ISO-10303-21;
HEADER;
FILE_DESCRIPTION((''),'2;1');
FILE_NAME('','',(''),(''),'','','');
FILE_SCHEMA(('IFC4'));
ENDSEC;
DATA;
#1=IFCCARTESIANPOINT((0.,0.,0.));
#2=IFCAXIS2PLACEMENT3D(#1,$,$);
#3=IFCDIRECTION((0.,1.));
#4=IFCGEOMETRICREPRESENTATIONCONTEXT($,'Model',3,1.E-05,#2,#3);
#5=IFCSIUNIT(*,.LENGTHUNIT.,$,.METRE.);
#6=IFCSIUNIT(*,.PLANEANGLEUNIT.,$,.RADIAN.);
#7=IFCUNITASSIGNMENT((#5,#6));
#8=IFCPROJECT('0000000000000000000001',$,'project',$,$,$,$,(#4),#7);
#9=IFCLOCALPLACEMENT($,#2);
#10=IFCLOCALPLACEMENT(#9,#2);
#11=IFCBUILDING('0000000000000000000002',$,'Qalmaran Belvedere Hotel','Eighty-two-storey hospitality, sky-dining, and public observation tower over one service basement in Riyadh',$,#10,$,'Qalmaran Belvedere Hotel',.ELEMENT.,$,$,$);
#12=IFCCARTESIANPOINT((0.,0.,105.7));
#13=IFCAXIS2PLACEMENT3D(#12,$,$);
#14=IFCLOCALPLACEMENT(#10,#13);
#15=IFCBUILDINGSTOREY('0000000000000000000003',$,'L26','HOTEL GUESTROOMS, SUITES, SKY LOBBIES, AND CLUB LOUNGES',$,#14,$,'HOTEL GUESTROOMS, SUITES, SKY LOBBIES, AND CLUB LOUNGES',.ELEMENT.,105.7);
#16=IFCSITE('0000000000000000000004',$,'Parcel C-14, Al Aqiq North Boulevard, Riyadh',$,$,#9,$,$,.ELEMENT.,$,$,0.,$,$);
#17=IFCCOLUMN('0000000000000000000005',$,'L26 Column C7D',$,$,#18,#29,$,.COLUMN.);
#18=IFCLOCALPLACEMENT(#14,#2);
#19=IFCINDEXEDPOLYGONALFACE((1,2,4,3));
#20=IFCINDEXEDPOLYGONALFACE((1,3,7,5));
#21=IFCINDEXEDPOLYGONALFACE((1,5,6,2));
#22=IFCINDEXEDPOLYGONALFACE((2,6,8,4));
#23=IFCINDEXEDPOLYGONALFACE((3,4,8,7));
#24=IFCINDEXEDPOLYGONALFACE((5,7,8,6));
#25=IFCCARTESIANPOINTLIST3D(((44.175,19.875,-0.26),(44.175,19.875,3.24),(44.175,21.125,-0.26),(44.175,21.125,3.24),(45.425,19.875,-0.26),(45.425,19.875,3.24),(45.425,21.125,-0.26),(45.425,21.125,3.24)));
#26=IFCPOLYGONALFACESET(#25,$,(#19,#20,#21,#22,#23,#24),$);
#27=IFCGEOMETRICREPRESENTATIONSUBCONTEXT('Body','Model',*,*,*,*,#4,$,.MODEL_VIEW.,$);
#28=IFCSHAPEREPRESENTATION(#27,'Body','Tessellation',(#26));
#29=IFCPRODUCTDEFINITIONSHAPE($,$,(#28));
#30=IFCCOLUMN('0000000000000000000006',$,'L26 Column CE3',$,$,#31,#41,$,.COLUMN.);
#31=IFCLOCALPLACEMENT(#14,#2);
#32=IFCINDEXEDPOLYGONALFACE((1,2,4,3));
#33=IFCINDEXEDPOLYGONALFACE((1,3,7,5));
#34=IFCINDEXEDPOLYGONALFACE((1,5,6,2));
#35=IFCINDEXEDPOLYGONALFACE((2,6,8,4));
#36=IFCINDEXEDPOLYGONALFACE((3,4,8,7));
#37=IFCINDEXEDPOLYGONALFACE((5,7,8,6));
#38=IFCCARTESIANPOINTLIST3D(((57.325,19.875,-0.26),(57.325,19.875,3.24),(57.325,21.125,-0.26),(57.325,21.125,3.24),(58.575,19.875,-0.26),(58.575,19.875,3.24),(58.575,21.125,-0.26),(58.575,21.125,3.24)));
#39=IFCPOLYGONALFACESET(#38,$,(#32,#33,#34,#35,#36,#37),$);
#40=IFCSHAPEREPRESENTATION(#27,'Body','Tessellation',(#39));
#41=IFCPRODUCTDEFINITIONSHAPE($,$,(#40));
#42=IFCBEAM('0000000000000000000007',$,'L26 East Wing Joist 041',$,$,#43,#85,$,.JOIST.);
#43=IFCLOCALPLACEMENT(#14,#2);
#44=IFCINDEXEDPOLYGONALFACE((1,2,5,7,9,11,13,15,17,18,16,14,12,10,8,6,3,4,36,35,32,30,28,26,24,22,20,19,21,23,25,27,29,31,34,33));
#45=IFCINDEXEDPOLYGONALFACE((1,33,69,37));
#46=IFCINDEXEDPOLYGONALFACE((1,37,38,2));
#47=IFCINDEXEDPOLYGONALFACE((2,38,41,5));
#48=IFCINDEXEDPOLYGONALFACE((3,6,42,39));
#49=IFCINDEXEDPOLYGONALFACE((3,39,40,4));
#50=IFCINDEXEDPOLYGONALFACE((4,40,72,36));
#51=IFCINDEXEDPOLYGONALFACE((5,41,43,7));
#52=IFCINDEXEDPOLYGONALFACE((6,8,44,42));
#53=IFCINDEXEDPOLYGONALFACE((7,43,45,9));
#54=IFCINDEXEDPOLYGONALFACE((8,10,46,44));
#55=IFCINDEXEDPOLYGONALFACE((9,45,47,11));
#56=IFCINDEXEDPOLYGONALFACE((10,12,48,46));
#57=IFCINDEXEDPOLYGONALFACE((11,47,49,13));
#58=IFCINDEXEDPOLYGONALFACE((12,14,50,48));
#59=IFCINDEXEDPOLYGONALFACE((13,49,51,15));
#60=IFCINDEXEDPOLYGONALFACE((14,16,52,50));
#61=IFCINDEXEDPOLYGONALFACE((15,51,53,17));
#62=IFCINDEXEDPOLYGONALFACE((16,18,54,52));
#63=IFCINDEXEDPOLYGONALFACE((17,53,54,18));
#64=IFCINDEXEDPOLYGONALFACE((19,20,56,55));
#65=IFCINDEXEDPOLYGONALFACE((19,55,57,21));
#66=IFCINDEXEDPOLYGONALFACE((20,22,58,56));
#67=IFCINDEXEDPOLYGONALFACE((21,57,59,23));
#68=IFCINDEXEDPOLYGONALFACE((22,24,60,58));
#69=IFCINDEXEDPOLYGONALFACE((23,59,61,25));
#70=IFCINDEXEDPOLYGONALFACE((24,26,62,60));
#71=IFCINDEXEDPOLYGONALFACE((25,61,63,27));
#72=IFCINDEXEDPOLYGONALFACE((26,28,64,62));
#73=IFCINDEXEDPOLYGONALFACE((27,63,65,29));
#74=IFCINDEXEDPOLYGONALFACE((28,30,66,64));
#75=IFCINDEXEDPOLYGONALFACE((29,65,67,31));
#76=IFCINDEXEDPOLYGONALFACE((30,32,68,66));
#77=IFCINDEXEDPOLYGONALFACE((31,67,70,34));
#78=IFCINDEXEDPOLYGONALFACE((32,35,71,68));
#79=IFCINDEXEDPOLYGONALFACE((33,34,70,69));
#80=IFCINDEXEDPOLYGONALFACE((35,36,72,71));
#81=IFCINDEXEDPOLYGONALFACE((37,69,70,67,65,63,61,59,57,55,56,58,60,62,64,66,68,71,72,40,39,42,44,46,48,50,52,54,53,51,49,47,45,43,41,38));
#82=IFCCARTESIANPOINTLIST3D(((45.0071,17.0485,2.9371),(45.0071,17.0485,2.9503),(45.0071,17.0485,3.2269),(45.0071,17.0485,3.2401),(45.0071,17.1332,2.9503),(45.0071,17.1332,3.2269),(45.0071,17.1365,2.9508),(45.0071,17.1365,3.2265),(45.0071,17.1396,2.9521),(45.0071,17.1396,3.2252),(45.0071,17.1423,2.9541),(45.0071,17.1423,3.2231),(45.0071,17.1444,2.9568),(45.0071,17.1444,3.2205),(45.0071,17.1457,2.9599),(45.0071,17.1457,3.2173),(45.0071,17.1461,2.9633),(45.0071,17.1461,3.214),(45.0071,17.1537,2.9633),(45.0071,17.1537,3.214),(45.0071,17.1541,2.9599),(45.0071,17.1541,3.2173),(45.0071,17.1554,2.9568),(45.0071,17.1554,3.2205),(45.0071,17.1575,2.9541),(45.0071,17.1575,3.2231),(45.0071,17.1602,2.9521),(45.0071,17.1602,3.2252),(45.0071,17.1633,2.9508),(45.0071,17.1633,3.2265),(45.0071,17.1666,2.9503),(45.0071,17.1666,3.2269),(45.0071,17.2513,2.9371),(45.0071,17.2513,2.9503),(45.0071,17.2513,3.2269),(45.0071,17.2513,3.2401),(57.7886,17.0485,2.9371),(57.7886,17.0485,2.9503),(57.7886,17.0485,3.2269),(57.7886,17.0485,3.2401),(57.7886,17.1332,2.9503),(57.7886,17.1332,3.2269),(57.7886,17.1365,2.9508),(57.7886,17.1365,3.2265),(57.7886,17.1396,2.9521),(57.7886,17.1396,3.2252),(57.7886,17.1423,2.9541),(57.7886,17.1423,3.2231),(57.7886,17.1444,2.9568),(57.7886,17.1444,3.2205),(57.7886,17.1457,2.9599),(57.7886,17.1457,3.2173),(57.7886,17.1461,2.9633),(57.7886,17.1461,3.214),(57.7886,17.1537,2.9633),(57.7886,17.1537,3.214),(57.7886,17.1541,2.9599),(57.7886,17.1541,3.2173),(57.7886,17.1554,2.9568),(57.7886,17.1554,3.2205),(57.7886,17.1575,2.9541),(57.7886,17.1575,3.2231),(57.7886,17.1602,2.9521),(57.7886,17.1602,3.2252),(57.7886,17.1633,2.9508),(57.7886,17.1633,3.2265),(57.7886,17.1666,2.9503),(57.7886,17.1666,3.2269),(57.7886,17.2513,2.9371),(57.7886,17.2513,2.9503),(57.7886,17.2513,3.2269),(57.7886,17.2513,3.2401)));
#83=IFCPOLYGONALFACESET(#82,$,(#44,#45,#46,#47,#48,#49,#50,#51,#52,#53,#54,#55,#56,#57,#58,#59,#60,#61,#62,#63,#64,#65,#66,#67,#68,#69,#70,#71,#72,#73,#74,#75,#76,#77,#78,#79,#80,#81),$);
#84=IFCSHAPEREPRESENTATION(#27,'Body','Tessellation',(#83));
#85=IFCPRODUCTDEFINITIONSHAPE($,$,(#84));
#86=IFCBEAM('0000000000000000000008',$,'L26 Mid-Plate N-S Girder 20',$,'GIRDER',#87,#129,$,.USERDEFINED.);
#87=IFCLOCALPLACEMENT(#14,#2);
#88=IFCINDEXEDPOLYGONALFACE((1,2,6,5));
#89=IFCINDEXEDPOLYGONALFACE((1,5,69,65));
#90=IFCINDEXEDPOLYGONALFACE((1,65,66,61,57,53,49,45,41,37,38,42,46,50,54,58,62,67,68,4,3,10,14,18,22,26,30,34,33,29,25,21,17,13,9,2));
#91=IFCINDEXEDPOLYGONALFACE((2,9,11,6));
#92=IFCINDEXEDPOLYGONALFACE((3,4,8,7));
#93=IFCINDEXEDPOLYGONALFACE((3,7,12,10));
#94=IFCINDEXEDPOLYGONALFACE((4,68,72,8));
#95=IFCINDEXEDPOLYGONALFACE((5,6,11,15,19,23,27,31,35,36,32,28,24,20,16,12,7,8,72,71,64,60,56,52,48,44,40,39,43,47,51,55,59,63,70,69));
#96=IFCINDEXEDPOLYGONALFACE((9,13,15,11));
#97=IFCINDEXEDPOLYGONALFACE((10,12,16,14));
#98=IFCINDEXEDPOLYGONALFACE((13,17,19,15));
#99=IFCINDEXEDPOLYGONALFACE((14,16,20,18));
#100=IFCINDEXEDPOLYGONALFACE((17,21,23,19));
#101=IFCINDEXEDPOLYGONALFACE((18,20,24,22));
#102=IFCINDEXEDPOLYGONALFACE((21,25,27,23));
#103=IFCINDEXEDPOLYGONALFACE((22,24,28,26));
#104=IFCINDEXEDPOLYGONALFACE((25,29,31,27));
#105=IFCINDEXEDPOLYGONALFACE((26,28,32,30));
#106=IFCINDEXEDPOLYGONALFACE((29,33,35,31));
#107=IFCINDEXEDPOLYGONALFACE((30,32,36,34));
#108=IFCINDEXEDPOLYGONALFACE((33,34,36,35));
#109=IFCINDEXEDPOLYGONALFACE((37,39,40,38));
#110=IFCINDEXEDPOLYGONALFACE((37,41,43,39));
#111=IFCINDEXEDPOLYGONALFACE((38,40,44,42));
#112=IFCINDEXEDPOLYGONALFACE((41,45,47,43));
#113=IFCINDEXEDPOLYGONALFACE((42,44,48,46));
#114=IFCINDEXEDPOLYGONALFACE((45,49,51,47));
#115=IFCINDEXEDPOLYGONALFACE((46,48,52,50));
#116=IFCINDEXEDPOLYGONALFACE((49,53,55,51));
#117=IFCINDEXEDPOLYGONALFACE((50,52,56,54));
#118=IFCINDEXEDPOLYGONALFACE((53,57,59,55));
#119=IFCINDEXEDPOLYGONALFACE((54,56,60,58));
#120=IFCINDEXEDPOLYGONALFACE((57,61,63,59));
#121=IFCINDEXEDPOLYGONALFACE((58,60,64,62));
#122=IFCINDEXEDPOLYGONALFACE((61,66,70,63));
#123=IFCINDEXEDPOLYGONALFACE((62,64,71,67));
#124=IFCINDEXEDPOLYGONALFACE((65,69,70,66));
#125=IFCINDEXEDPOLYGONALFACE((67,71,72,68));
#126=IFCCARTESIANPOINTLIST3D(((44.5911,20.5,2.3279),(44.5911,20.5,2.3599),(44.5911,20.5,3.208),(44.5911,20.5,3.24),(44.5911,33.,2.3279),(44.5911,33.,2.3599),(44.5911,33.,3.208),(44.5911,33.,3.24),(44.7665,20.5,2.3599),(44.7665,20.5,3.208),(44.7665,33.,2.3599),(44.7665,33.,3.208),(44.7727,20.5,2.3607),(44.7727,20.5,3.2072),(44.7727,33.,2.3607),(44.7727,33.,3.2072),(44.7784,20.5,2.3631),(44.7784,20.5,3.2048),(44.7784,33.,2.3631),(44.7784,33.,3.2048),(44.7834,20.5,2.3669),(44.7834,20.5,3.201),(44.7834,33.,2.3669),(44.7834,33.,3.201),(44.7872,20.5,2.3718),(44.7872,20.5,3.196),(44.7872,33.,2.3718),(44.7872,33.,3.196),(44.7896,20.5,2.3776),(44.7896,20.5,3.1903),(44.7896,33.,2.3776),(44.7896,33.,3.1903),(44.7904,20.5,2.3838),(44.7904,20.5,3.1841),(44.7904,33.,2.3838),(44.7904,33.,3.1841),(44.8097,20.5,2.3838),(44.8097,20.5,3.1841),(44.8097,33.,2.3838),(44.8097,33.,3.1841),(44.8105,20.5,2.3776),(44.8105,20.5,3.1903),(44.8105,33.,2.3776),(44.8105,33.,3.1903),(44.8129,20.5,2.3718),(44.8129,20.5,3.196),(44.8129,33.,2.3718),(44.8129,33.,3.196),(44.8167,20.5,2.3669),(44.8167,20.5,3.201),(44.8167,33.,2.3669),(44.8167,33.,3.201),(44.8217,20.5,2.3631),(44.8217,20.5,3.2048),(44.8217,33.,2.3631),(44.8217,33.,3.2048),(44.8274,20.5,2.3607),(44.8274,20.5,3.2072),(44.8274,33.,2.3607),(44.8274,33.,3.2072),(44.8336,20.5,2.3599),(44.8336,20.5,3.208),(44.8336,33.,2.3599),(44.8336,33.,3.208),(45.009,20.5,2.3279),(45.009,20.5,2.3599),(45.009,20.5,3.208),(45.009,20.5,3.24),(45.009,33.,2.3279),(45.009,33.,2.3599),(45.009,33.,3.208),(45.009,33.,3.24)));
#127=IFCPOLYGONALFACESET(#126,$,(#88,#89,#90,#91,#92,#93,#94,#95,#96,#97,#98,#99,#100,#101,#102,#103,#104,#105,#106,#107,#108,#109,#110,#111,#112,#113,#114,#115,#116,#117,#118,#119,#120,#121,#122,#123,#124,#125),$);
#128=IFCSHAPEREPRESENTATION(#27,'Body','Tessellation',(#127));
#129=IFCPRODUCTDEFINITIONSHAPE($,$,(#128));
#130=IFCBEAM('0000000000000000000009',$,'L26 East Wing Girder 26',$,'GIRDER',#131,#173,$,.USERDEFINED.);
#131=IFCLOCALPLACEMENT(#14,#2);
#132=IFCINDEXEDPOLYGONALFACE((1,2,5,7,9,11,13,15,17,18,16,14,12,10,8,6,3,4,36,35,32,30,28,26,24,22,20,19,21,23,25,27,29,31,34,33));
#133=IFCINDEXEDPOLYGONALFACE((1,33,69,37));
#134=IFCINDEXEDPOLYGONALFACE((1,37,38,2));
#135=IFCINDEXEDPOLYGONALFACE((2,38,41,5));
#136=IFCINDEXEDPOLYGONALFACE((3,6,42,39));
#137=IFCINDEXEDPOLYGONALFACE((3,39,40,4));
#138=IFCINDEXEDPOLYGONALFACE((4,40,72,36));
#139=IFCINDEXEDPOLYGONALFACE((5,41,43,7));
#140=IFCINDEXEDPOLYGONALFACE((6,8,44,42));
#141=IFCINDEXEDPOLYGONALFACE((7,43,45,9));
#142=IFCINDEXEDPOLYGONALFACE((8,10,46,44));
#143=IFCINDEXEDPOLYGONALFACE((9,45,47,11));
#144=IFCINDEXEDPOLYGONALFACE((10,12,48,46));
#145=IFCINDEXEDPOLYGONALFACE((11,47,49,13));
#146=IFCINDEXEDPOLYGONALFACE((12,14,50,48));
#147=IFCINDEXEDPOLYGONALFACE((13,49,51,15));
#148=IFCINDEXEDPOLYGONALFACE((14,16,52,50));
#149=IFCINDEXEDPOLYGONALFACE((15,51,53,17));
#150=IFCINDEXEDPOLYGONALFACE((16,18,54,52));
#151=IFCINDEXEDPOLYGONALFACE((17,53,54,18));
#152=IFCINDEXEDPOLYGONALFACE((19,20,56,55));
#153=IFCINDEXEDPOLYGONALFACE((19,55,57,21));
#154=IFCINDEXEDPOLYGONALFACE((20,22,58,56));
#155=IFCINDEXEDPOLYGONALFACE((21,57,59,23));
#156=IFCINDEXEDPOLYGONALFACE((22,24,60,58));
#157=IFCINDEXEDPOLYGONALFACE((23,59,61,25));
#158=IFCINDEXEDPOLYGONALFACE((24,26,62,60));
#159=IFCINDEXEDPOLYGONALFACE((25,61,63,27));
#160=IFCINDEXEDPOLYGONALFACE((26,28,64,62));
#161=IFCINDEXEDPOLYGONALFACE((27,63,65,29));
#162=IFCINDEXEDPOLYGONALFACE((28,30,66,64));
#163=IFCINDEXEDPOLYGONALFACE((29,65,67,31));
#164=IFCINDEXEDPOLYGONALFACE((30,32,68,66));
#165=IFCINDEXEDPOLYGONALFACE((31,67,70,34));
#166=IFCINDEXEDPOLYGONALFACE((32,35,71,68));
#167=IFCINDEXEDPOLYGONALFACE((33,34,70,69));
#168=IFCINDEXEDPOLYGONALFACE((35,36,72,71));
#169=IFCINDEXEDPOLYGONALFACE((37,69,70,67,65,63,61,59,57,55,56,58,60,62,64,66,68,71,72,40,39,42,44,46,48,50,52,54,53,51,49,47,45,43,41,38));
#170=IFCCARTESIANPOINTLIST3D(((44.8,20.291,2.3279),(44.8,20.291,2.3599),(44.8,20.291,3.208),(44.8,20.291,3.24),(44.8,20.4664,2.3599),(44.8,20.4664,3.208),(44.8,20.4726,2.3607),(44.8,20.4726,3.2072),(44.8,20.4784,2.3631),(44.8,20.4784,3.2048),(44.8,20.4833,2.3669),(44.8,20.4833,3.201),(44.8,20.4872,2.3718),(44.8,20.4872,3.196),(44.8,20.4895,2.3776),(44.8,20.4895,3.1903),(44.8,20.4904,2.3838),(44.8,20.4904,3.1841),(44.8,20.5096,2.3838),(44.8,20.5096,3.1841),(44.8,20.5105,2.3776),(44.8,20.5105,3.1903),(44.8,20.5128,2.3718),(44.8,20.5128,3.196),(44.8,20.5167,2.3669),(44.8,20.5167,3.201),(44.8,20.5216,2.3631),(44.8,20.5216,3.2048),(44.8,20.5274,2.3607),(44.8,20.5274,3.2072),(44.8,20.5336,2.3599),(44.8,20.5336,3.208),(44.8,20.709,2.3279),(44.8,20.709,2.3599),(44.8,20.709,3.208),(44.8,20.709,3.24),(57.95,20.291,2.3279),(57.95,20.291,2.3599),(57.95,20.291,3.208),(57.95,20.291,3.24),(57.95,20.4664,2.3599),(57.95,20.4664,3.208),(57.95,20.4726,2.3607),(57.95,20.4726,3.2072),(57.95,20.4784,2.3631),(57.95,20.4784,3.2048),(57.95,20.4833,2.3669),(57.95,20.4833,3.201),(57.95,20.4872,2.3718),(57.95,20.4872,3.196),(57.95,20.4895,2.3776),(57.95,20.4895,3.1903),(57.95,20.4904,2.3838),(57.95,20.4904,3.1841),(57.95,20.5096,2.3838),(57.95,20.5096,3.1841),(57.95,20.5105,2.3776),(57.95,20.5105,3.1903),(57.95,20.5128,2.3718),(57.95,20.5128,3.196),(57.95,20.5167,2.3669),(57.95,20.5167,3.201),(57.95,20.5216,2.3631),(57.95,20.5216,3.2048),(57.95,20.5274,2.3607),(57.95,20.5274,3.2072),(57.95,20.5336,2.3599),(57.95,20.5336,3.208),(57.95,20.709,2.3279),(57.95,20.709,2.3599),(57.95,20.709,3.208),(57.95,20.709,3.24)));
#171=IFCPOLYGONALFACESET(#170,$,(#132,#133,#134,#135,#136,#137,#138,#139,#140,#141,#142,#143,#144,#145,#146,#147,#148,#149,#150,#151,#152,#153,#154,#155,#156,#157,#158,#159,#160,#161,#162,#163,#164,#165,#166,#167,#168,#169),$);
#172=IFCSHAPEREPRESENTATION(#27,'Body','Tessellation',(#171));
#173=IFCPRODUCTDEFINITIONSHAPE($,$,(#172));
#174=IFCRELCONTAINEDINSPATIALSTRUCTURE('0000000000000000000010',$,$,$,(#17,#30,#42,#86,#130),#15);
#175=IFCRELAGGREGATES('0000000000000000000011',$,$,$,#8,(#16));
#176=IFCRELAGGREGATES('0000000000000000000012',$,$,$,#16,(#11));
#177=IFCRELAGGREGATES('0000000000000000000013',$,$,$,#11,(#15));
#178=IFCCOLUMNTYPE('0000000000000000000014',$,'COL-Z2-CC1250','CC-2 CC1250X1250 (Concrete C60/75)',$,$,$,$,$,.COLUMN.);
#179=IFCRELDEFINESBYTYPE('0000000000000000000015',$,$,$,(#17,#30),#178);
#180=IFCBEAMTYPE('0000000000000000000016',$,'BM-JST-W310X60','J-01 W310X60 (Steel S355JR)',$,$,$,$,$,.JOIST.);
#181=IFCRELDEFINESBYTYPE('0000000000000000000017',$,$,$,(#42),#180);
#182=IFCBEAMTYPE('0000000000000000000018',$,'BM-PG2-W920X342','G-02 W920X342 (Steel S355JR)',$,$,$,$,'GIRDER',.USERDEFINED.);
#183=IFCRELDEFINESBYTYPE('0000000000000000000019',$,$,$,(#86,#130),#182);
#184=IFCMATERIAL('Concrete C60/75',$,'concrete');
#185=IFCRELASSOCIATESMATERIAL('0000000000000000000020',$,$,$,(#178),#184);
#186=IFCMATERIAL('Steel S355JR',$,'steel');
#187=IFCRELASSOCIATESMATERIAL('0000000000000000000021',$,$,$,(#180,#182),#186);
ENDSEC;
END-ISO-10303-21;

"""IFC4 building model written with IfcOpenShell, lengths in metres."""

from ifc_helpers import new_model, si_unit, direction, frame, origin, origin_2d, place, context, subcontext, project, spatial, rectangle, i_section, extrude, material, material_profile, profile_set, type_object, element, save


model = new_model("IFC4")

# Units and contexts
model_context = context("Model", 3, precision=1e-05, world=origin(), true_north=direction((0.0, 1.0)))
body_context = subcontext(model_context, "Body", "Model", "MODEL_VIEW")
ifc_project = project(units=[si_unit("LENGTHUNIT", "METRE"), si_unit("PLANEANGLEUNIT", "RADIAN")], contexts=[model_context])

# Site, building, storey
site_placement = place(None, origin())
site = spatial("IfcSite", under=ifc_project, at=site_placement, Name="Parcel C-14, Al Aqiq North Boulevard, Riyadh", CompositionType="ELEMENT", RefElevation=0.0)
building_placement = place(site_placement, origin())
building = spatial("IfcBuilding", under=site, at=building_placement, Name="Qalmaran Belvedere Hotel", Description="Eighty-two-storey hospitality, sky-dining, and public observation tower over one service basement in Riyadh", LongName="Qalmaran Belvedere Hotel", CompositionType="ELEMENT")
storey_placement = place(building_placement, frame((0.0, 0.0, 105.7)))
storey = spatial("IfcBuildingStorey", under=building, at=storey_placement, Name="L26", Description="HOTEL GUESTROOMS, SUITES, SKY LOBBIES, AND CLUB LOUNGES", LongName="HOTEL GUESTROOMS, SUITES, SKY LOBBIES, AND CLUB LOUNGES", CompositionType="ELEMENT", Elevation=105.7)

# Columns
ifc_material_1 = material(Name="Concrete C60/75", Category="concrete")
ifc_material_profile_1 = material_profile(ifc_material_1, rectangle(XDim=1.25, YDim=1.25, at=origin_2d()), Name="CC1250X1250")
ifc_profile_set_1 = profile_set([ifc_material_profile_1], Name="Concrete C60/75")
column_type = type_object("IfcColumnType", Name="COL-Z2-CC1250", Description="CC-2 CC1250X1250 (Concrete C60/75)", PredefinedType="COLUMN", material=ifc_profile_set_1)
for number, where, z_axis, x_axis, name in (
    (1, (44.8, 20.5, -0.26), (0.0, 0.0, 1.0), (1.0, 0.0, 0.0), "L26 Column C7D"),
    (2, (57.95, 20.5, -0.26), (0.0, 0.0, 1.0), (1.0, 0.0, 0.0), "L26 Column CE3"),
):
    element("IfcColumn", number, at=place(storey_placement, frame(where, z_axis=z_axis, x_axis=x_axis)), inside=storey, type_object=column_type, Name=name, PredefinedType="COLUMN", context=body_context, shape_type="SweptSolid", body=[
        extrude(rectangle(XDim=1.25, YDim=1.25, at=origin_2d()), origin(), (0.0, 0.0, 1.0), 3.5),
    ])

# Beams
ifc_material_2 = material(Name="Steel S355JR", Category="steel")
ifc_material_profile_2 = material_profile(ifc_material_2, i_section(OverallWidth=0.2029, OverallDepth=0.303, WebThickness=0.0076, FlangeThickness=0.0132, FilletRadius=0.0129, at=origin_2d()), Name="W310X60")
ifc_profile_set_2 = profile_set([ifc_material_profile_2], Name="Steel S355JR")
beam_type_1 = type_object("IfcBeamType", Name="BM-JST-W310X60", Description="J-01 W310X60 (Steel S355JR)", PredefinedType="JOIST", material=ifc_profile_set_2)
beam_1_placement = place(storey_placement, frame((45.0071, 17.1499, 3.0886), z_axis=(1.0, 0.0, 0.0), x_axis=(0.0, 1.0, 0.0)))
element("IfcBeam", 3, at=beam_1_placement, inside=storey, type_object=beam_type_1, Name="L26 East Wing Joist 041", PredefinedType="JOIST", context=body_context, shape_type="SweptSolid", body=[
    extrude(i_section(OverallWidth=0.2029, OverallDepth=0.303, WebThickness=0.0076, FlangeThickness=0.0132, FilletRadius=0.0129, at=origin_2d()), origin(), (0.0, 0.0, 1.0), 12.7815),
])
ifc_material_profile_3 = material_profile(ifc_material_2, i_section(OverallWidth=0.418, OverallDepth=0.9121, WebThickness=0.0193, FlangeThickness=0.032, FilletRadius=0.0239, at=origin_2d()), Name="W920X342")
ifc_profile_set_3 = profile_set([ifc_material_profile_3], Name="Steel S355JR")
beam_type_2 = type_object("IfcBeamType", Name="BM-PG2-W920X342", Description="G-02 W920X342 (Steel S355JR)", ElementType="GIRDER", PredefinedType="USERDEFINED", material=ifc_profile_set_3)
beam_2_placement = place(storey_placement, frame((44.8, 20.5, 2.7839), z_axis=(0.0, 1.0, 0.0), x_axis=(-1.0, 0.0, 0.0)))
element("IfcBeam", 4, at=beam_2_placement, inside=storey, type_object=beam_type_2, Name="L26 Mid-Plate N-S Girder 20", ObjectType="GIRDER", PredefinedType="USERDEFINED", context=body_context, shape_type="SweptSolid", body=[
    extrude(i_section(OverallWidth=0.418, OverallDepth=0.9121, WebThickness=0.0193, FlangeThickness=0.032, FilletRadius=0.0239, at=origin_2d()), origin(), (0.0, 0.0, 1.0), 12.5),
])
beam_3_placement = place(storey_placement, frame((44.8, 20.5, 2.7839), z_axis=(1.0, 0.0, 0.0), x_axis=(0.0, 1.0, 0.0)))
element("IfcBeam", 5, at=beam_3_placement, inside=storey, type_object=beam_type_2, Name="L26 East Wing Girder 26", ObjectType="GIRDER", PredefinedType="USERDEFINED", context=body_context, shape_type="SweptSolid", body=[
    extrude(i_section(OverallWidth=0.418, OverallDepth=0.9121, WebThickness=0.0193, FlangeThickness=0.032, FilletRadius=0.0239, at=origin_2d()), origin(), (0.0, 0.0, 1.0), 13.1499),
])

save(model, "model.ifc")
